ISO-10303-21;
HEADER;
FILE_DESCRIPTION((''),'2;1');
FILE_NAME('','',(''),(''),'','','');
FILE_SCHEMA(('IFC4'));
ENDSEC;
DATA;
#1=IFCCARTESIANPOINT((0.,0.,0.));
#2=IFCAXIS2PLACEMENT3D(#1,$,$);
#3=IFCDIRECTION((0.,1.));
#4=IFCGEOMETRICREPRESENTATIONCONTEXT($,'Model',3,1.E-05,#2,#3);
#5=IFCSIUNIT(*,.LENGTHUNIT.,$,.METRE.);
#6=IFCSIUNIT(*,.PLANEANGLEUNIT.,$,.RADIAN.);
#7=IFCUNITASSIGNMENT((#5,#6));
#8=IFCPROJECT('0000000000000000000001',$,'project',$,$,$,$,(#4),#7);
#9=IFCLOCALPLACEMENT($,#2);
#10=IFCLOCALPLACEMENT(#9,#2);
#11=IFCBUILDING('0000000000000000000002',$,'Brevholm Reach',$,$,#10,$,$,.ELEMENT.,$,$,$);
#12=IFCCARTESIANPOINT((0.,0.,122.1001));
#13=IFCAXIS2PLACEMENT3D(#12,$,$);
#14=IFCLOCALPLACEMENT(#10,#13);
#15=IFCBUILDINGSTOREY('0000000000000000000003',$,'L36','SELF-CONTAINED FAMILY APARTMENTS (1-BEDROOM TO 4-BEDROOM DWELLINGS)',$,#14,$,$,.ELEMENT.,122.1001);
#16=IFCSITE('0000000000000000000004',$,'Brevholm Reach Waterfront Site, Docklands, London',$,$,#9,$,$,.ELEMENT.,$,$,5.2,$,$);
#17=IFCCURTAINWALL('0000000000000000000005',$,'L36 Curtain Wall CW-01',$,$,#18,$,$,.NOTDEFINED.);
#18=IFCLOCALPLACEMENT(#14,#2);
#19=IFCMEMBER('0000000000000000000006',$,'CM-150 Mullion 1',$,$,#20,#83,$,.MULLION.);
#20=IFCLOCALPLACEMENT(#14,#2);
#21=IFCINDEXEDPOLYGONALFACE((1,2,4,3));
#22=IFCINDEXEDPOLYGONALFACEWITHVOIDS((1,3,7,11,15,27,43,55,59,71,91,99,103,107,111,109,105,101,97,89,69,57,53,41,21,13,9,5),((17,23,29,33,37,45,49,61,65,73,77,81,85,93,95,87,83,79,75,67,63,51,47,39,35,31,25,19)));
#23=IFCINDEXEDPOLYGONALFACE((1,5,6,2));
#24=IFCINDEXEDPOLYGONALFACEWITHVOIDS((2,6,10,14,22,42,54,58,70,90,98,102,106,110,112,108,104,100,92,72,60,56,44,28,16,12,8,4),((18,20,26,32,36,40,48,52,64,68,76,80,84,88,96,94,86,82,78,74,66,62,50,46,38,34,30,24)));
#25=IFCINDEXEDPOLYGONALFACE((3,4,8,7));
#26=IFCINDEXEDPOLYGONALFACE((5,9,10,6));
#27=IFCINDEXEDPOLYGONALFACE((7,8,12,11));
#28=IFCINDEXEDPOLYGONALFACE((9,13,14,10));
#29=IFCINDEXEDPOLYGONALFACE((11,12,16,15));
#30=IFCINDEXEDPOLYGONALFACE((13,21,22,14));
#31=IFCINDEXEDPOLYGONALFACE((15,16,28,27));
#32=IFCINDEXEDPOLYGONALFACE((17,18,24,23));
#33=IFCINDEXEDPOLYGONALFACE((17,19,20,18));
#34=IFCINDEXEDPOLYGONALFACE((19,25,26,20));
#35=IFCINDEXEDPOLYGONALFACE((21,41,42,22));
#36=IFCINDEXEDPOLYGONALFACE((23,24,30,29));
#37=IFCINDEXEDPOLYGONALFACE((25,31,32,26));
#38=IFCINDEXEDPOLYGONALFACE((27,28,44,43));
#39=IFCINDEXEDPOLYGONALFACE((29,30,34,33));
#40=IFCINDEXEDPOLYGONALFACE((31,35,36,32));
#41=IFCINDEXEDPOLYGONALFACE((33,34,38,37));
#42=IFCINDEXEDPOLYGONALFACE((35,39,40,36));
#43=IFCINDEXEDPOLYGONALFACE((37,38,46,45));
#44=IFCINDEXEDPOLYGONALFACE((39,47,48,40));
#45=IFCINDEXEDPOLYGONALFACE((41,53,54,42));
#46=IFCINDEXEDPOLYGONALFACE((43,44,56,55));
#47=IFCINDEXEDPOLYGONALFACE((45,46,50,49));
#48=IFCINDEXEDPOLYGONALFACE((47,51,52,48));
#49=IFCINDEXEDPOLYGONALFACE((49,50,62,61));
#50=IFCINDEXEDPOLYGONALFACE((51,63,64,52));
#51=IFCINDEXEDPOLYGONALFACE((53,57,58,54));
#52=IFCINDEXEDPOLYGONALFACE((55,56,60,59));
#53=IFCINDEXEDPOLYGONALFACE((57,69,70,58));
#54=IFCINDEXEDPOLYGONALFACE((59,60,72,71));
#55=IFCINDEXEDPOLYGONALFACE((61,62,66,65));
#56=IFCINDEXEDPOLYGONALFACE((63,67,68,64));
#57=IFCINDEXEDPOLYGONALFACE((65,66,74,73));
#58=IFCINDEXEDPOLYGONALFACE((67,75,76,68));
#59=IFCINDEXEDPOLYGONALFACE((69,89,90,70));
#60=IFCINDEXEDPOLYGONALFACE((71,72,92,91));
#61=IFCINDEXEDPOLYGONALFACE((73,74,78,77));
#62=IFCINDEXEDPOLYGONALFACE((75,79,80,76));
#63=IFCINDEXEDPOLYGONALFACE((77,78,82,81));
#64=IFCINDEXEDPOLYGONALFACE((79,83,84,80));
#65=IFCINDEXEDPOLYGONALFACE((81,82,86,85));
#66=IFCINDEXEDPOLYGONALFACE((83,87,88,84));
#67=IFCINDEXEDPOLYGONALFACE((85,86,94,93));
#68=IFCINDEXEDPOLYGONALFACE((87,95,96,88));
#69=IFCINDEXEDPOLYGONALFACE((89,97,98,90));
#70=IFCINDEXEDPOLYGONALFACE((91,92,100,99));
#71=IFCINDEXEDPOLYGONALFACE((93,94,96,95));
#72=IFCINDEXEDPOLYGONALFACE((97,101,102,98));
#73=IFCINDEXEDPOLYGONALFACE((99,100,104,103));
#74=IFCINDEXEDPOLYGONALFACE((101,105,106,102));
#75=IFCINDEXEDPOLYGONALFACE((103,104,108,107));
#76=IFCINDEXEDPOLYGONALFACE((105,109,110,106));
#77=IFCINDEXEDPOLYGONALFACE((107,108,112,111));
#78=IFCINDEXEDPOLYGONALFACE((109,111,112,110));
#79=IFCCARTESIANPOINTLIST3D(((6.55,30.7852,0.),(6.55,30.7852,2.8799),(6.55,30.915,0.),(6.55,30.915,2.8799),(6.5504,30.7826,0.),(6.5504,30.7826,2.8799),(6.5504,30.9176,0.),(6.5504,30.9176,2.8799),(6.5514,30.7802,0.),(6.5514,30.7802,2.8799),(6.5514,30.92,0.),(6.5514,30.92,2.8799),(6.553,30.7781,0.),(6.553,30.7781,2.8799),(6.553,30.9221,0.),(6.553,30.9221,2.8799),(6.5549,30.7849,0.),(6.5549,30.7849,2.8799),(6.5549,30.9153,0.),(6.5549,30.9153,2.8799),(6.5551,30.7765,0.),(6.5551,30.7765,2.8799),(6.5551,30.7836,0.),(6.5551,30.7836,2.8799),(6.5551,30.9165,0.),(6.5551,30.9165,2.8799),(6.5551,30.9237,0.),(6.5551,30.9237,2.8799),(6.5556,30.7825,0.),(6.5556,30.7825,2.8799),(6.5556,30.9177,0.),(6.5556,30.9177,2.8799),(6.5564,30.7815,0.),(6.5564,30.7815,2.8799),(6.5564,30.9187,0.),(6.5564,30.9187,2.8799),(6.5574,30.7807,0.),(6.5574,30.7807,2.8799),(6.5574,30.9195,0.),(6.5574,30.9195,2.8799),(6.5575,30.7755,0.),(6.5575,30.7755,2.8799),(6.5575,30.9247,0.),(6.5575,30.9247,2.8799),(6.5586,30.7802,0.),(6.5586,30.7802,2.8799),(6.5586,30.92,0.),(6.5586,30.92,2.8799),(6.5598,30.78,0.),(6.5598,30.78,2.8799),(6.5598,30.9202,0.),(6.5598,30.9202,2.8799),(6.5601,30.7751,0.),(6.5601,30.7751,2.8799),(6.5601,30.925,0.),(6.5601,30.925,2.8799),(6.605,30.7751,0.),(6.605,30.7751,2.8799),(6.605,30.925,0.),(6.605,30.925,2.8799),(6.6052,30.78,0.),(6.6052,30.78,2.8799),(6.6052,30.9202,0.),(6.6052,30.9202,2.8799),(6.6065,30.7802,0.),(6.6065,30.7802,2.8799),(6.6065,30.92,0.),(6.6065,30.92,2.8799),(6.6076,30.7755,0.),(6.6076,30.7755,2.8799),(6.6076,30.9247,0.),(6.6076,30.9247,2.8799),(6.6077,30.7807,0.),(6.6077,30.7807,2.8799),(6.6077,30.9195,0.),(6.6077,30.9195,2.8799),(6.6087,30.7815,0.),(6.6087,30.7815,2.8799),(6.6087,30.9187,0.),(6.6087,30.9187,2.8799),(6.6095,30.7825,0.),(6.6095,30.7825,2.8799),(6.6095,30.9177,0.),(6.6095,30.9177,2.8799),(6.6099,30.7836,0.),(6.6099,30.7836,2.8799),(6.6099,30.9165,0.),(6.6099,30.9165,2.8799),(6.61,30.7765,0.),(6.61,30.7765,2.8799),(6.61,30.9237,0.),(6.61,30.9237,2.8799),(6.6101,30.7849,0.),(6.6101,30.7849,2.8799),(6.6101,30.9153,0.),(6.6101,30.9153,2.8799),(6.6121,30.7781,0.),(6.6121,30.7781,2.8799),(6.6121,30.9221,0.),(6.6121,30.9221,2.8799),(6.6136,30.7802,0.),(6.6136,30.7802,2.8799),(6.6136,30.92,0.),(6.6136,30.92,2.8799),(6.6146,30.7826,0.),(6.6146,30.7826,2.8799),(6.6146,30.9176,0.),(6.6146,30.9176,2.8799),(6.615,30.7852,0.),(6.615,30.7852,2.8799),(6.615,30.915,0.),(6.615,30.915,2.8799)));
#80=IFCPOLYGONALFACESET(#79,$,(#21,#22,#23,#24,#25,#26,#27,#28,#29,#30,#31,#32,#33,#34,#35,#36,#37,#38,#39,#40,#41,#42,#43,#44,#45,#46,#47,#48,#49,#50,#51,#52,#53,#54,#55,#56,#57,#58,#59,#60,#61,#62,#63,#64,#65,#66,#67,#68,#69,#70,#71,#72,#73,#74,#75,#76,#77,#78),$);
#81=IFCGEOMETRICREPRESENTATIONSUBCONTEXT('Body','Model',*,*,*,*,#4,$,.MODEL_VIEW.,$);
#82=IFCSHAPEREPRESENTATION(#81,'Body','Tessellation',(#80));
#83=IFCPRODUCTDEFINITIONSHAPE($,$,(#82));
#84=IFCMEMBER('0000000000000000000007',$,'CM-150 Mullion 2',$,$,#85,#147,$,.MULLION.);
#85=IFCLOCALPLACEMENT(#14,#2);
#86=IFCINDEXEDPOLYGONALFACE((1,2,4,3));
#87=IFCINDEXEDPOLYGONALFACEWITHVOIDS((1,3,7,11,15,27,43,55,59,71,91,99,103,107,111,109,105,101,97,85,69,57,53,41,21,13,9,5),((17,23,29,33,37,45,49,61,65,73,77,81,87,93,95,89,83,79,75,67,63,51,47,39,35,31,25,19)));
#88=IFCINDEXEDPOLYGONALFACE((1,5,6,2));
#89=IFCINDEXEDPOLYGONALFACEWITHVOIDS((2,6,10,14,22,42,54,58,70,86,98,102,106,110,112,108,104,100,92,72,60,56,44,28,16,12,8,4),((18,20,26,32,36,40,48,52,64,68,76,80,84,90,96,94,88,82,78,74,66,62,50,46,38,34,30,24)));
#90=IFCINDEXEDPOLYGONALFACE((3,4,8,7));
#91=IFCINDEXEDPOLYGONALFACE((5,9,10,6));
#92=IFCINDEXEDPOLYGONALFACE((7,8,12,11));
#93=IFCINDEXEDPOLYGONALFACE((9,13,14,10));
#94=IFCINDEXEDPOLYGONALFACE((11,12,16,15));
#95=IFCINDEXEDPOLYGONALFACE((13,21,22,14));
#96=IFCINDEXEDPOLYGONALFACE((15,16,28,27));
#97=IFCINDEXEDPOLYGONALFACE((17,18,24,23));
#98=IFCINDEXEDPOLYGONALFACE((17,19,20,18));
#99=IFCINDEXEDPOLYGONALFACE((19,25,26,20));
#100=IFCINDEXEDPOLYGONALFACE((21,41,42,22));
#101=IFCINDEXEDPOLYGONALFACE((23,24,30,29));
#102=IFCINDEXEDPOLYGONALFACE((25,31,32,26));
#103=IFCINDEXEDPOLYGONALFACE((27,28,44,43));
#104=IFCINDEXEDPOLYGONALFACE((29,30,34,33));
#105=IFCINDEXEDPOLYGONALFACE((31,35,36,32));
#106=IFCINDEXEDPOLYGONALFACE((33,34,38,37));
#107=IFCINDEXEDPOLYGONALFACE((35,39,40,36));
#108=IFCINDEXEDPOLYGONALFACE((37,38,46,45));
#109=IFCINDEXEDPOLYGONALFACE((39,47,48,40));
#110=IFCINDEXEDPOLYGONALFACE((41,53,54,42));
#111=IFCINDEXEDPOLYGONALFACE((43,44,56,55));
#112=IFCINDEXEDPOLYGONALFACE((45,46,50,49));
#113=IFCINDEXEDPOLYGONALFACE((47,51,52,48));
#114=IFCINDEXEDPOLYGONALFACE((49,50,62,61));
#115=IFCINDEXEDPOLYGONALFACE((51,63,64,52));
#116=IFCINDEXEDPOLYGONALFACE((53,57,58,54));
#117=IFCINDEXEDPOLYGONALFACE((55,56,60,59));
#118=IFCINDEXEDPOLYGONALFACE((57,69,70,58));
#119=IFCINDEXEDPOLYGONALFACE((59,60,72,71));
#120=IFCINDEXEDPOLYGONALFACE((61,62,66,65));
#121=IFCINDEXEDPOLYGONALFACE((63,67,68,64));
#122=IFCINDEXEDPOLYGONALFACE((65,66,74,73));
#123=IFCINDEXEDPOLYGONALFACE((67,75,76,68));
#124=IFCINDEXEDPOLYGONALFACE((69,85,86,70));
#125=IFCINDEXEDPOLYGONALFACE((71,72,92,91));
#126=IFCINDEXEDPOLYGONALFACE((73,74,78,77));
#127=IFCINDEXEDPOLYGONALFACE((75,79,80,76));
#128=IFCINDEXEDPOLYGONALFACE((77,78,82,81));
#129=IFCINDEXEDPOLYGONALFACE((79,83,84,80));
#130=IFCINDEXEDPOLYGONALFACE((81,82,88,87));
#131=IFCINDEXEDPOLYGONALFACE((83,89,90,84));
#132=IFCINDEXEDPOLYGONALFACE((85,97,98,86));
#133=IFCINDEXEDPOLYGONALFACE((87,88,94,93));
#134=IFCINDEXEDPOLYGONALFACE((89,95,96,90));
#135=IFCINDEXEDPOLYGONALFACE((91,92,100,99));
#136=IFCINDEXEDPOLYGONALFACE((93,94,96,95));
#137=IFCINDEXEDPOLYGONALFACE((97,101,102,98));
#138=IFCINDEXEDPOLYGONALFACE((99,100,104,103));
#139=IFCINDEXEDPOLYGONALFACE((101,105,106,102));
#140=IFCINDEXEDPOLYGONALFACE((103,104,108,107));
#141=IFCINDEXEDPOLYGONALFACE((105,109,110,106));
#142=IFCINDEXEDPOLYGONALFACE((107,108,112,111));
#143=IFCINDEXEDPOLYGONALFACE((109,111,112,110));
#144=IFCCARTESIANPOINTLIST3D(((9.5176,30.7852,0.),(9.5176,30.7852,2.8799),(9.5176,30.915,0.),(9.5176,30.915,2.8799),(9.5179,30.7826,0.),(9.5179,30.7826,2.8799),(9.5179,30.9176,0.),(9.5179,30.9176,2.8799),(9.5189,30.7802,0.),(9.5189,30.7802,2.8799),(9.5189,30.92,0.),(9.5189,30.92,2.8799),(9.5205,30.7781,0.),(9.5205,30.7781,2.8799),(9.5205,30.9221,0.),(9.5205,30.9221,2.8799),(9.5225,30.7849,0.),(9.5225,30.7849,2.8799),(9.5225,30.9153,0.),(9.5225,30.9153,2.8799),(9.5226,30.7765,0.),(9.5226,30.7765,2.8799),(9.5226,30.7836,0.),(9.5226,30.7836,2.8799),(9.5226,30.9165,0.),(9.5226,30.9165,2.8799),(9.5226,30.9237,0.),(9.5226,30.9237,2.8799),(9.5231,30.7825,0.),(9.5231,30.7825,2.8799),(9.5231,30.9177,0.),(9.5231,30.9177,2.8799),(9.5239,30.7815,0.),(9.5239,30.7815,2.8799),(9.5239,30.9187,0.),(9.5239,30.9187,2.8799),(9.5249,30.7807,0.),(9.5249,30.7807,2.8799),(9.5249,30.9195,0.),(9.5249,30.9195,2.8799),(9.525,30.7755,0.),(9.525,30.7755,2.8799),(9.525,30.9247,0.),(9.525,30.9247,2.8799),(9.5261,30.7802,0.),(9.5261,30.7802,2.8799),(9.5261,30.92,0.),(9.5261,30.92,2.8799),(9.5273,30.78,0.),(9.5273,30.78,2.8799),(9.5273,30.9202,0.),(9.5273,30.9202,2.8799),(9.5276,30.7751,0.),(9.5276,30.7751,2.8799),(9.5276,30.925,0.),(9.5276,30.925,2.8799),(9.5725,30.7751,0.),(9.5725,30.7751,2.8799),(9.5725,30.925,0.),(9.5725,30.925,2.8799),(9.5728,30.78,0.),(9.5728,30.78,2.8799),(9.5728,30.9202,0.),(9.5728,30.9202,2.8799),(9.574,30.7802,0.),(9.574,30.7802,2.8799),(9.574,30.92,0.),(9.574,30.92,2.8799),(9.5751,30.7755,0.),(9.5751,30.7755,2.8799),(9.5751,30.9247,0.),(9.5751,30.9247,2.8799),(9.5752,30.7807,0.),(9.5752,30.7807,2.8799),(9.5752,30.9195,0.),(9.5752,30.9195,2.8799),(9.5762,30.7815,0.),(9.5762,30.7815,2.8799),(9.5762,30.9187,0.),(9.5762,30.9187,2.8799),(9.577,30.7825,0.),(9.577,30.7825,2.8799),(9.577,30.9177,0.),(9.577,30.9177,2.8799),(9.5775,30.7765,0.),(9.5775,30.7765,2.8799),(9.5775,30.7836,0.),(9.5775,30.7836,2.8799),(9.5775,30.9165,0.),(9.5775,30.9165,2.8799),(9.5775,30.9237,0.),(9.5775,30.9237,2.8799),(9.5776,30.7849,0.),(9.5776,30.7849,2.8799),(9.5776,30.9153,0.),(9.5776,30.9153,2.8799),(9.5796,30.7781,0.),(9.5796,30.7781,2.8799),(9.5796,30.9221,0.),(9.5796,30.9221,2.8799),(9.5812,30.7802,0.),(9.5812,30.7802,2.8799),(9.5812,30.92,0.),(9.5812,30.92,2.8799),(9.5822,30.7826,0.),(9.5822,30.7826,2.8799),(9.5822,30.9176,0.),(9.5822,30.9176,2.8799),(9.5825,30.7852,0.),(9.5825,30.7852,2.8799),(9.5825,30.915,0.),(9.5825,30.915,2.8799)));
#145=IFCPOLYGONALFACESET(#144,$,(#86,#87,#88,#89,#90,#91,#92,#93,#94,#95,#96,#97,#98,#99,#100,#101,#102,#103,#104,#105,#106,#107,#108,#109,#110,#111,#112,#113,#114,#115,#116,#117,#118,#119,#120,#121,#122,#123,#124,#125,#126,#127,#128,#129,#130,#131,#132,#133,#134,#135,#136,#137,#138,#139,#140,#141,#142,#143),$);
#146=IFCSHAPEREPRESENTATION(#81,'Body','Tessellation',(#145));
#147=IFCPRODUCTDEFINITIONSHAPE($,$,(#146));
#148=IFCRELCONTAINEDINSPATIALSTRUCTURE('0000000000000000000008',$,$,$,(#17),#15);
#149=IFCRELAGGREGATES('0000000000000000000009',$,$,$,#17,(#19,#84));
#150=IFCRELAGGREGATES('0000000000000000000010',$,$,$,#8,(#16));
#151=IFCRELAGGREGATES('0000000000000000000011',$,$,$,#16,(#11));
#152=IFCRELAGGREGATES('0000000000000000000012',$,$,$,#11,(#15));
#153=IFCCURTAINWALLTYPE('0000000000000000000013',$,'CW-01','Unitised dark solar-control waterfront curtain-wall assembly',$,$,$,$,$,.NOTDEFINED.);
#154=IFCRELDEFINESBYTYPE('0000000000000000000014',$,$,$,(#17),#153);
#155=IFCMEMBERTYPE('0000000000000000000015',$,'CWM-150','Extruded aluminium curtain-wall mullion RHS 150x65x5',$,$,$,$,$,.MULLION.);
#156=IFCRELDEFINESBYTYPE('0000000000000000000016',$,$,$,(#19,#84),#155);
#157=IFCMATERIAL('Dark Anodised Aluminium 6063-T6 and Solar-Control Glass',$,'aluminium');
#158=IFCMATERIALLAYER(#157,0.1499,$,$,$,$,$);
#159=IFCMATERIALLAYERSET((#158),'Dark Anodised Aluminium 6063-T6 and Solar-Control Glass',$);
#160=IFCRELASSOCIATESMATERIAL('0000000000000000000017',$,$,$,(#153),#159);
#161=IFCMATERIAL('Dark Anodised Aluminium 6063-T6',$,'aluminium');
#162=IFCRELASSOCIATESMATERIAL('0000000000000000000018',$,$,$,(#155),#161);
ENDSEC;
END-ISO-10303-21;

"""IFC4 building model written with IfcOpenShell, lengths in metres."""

from ifc_helpers import new_model, si_unit, direction, frame, origin, origin_2d, place, context, subcontext, project, spatial, hollow_rectangle, extrude, material, layer, layer_set, material_profile, profile_set, type_object, element, aggregate, save


model = new_model("IFC4")

# Units and contexts
model_context = context("Model", 3, precision=1e-05, world=origin(), true_north=direction((0.0, 1.0)))
body_context = subcontext(model_context, "Body", "Model", "MODEL_VIEW")
ifc_project = project(units=[si_unit("LENGTHUNIT", "METRE"), si_unit("PLANEANGLEUNIT", "RADIAN")], contexts=[model_context])

# Site, building, storey
site_placement = place(None, origin())
site = spatial("IfcSite", under=ifc_project, at=site_placement, Name="Brevholm Reach Waterfront Site, Docklands, London", CompositionType="ELEMENT", RefElevation=5.2)
building_placement = place(site_placement, origin())
building = spatial("IfcBuilding", under=site, at=building_placement, Name="Brevholm Reach", CompositionType="ELEMENT")
storey_placement = place(building_placement, frame((0.0, 0.0, 122.1001)))
storey = spatial("IfcBuildingStorey", under=building, at=storey_placement, Name="L36", Description="SELF-CONTAINED FAMILY APARTMENTS (1-BEDROOM TO 4-BEDROOM DWELLINGS)", CompositionType="ELEMENT", Elevation=122.1001)

# Curtain wall, members
ifc_material_1 = material(Name="Dark Anodised Aluminium 6063-T6 and Solar-Control Glass", Category="aluminium")
ifc_layer_1 = layer(ifc_material_1, 0.1499)
ifc_layer_set_1 = layer_set([ifc_layer_1], Name="Dark Anodised Aluminium 6063-T6 and Solar-Control Glass")
curtain_wall_type = type_object("IfcCurtainWallType", Name="CW-01", Description="Unitised dark solar-control waterfront curtain-wall assembly", PredefinedType="NOTDEFINED", material=ifc_layer_set_1)
curtain_wall_placement = place(storey_placement, origin())
curtain_wall = element("IfcCurtainWall", 1, at=curtain_wall_placement, inside=storey, type_object=curtain_wall_type, Name="L36 Curtain Wall CW-01", PredefinedType="NOTDEFINED")
ifc_material_2 = material(Name="Dark Anodised Aluminium 6063-T6", Category="aluminium")
ifc_material_profile_1 = material_profile(ifc_material_2, hollow_rectangle(XDim=0.0649, YDim=0.1499, WallThickness=0.0049, InnerFilletRadius=0.0049, OuterFilletRadius=0.01, at=origin_2d()), Name="RHS 150x65x5")
ifc_profile_set_1 = profile_set([ifc_material_profile_1], Name="Dark Anodised Aluminium 6063-T6")
member_type_1 = type_object("IfcMemberType", Name="CWM-150", Description="Extruded aluminium curtain-wall mullion RHS 150x65x5", PredefinedType="MULLION", material=ifc_profile_set_1)
member_1_placement = place(storey_placement, frame((6.5825, 30.8501, 0.0), z_axis=(0.0, 0.0, 1.0), x_axis=(1.0, 0.0, 0.0)))
member_1 = element("IfcMember", 2, at=member_1_placement, type_object=member_type_1, Name="CM-150 Mullion 1", PredefinedType="MULLION", context=body_context, shape_type="SweptSolid", body=[
    extrude(hollow_rectangle(XDim=0.0649, YDim=0.1499, WallThickness=0.0049, InnerFilletRadius=0.0049, OuterFilletRadius=0.01, at=origin_2d()), origin(), (0.0, 0.0, 1.0), 2.8799),
])
member_2_placement = place(storey_placement, frame((9.55, 30.8501, 0.0), z_axis=(0.0, 0.0, 1.0), x_axis=(1.0, 0.0, 0.0)))
member_2 = element("IfcMember", 3, at=member_2_placement, type_object=member_type_1, Name="CM-150 Mullion 2", PredefinedType="MULLION", context=body_context, shape_type="SweptSolid", body=[
    extrude(hollow_rectangle(XDim=0.0649, YDim=0.1499, WallThickness=0.0049, InnerFilletRadius=0.0049, OuterFilletRadius=0.01, at=origin_2d()), origin(), (0.0, 0.0, 1.0), 2.8799),
])
aggregate(curtain_wall, [member_1, member_2])

save(model, "model.ifc")
